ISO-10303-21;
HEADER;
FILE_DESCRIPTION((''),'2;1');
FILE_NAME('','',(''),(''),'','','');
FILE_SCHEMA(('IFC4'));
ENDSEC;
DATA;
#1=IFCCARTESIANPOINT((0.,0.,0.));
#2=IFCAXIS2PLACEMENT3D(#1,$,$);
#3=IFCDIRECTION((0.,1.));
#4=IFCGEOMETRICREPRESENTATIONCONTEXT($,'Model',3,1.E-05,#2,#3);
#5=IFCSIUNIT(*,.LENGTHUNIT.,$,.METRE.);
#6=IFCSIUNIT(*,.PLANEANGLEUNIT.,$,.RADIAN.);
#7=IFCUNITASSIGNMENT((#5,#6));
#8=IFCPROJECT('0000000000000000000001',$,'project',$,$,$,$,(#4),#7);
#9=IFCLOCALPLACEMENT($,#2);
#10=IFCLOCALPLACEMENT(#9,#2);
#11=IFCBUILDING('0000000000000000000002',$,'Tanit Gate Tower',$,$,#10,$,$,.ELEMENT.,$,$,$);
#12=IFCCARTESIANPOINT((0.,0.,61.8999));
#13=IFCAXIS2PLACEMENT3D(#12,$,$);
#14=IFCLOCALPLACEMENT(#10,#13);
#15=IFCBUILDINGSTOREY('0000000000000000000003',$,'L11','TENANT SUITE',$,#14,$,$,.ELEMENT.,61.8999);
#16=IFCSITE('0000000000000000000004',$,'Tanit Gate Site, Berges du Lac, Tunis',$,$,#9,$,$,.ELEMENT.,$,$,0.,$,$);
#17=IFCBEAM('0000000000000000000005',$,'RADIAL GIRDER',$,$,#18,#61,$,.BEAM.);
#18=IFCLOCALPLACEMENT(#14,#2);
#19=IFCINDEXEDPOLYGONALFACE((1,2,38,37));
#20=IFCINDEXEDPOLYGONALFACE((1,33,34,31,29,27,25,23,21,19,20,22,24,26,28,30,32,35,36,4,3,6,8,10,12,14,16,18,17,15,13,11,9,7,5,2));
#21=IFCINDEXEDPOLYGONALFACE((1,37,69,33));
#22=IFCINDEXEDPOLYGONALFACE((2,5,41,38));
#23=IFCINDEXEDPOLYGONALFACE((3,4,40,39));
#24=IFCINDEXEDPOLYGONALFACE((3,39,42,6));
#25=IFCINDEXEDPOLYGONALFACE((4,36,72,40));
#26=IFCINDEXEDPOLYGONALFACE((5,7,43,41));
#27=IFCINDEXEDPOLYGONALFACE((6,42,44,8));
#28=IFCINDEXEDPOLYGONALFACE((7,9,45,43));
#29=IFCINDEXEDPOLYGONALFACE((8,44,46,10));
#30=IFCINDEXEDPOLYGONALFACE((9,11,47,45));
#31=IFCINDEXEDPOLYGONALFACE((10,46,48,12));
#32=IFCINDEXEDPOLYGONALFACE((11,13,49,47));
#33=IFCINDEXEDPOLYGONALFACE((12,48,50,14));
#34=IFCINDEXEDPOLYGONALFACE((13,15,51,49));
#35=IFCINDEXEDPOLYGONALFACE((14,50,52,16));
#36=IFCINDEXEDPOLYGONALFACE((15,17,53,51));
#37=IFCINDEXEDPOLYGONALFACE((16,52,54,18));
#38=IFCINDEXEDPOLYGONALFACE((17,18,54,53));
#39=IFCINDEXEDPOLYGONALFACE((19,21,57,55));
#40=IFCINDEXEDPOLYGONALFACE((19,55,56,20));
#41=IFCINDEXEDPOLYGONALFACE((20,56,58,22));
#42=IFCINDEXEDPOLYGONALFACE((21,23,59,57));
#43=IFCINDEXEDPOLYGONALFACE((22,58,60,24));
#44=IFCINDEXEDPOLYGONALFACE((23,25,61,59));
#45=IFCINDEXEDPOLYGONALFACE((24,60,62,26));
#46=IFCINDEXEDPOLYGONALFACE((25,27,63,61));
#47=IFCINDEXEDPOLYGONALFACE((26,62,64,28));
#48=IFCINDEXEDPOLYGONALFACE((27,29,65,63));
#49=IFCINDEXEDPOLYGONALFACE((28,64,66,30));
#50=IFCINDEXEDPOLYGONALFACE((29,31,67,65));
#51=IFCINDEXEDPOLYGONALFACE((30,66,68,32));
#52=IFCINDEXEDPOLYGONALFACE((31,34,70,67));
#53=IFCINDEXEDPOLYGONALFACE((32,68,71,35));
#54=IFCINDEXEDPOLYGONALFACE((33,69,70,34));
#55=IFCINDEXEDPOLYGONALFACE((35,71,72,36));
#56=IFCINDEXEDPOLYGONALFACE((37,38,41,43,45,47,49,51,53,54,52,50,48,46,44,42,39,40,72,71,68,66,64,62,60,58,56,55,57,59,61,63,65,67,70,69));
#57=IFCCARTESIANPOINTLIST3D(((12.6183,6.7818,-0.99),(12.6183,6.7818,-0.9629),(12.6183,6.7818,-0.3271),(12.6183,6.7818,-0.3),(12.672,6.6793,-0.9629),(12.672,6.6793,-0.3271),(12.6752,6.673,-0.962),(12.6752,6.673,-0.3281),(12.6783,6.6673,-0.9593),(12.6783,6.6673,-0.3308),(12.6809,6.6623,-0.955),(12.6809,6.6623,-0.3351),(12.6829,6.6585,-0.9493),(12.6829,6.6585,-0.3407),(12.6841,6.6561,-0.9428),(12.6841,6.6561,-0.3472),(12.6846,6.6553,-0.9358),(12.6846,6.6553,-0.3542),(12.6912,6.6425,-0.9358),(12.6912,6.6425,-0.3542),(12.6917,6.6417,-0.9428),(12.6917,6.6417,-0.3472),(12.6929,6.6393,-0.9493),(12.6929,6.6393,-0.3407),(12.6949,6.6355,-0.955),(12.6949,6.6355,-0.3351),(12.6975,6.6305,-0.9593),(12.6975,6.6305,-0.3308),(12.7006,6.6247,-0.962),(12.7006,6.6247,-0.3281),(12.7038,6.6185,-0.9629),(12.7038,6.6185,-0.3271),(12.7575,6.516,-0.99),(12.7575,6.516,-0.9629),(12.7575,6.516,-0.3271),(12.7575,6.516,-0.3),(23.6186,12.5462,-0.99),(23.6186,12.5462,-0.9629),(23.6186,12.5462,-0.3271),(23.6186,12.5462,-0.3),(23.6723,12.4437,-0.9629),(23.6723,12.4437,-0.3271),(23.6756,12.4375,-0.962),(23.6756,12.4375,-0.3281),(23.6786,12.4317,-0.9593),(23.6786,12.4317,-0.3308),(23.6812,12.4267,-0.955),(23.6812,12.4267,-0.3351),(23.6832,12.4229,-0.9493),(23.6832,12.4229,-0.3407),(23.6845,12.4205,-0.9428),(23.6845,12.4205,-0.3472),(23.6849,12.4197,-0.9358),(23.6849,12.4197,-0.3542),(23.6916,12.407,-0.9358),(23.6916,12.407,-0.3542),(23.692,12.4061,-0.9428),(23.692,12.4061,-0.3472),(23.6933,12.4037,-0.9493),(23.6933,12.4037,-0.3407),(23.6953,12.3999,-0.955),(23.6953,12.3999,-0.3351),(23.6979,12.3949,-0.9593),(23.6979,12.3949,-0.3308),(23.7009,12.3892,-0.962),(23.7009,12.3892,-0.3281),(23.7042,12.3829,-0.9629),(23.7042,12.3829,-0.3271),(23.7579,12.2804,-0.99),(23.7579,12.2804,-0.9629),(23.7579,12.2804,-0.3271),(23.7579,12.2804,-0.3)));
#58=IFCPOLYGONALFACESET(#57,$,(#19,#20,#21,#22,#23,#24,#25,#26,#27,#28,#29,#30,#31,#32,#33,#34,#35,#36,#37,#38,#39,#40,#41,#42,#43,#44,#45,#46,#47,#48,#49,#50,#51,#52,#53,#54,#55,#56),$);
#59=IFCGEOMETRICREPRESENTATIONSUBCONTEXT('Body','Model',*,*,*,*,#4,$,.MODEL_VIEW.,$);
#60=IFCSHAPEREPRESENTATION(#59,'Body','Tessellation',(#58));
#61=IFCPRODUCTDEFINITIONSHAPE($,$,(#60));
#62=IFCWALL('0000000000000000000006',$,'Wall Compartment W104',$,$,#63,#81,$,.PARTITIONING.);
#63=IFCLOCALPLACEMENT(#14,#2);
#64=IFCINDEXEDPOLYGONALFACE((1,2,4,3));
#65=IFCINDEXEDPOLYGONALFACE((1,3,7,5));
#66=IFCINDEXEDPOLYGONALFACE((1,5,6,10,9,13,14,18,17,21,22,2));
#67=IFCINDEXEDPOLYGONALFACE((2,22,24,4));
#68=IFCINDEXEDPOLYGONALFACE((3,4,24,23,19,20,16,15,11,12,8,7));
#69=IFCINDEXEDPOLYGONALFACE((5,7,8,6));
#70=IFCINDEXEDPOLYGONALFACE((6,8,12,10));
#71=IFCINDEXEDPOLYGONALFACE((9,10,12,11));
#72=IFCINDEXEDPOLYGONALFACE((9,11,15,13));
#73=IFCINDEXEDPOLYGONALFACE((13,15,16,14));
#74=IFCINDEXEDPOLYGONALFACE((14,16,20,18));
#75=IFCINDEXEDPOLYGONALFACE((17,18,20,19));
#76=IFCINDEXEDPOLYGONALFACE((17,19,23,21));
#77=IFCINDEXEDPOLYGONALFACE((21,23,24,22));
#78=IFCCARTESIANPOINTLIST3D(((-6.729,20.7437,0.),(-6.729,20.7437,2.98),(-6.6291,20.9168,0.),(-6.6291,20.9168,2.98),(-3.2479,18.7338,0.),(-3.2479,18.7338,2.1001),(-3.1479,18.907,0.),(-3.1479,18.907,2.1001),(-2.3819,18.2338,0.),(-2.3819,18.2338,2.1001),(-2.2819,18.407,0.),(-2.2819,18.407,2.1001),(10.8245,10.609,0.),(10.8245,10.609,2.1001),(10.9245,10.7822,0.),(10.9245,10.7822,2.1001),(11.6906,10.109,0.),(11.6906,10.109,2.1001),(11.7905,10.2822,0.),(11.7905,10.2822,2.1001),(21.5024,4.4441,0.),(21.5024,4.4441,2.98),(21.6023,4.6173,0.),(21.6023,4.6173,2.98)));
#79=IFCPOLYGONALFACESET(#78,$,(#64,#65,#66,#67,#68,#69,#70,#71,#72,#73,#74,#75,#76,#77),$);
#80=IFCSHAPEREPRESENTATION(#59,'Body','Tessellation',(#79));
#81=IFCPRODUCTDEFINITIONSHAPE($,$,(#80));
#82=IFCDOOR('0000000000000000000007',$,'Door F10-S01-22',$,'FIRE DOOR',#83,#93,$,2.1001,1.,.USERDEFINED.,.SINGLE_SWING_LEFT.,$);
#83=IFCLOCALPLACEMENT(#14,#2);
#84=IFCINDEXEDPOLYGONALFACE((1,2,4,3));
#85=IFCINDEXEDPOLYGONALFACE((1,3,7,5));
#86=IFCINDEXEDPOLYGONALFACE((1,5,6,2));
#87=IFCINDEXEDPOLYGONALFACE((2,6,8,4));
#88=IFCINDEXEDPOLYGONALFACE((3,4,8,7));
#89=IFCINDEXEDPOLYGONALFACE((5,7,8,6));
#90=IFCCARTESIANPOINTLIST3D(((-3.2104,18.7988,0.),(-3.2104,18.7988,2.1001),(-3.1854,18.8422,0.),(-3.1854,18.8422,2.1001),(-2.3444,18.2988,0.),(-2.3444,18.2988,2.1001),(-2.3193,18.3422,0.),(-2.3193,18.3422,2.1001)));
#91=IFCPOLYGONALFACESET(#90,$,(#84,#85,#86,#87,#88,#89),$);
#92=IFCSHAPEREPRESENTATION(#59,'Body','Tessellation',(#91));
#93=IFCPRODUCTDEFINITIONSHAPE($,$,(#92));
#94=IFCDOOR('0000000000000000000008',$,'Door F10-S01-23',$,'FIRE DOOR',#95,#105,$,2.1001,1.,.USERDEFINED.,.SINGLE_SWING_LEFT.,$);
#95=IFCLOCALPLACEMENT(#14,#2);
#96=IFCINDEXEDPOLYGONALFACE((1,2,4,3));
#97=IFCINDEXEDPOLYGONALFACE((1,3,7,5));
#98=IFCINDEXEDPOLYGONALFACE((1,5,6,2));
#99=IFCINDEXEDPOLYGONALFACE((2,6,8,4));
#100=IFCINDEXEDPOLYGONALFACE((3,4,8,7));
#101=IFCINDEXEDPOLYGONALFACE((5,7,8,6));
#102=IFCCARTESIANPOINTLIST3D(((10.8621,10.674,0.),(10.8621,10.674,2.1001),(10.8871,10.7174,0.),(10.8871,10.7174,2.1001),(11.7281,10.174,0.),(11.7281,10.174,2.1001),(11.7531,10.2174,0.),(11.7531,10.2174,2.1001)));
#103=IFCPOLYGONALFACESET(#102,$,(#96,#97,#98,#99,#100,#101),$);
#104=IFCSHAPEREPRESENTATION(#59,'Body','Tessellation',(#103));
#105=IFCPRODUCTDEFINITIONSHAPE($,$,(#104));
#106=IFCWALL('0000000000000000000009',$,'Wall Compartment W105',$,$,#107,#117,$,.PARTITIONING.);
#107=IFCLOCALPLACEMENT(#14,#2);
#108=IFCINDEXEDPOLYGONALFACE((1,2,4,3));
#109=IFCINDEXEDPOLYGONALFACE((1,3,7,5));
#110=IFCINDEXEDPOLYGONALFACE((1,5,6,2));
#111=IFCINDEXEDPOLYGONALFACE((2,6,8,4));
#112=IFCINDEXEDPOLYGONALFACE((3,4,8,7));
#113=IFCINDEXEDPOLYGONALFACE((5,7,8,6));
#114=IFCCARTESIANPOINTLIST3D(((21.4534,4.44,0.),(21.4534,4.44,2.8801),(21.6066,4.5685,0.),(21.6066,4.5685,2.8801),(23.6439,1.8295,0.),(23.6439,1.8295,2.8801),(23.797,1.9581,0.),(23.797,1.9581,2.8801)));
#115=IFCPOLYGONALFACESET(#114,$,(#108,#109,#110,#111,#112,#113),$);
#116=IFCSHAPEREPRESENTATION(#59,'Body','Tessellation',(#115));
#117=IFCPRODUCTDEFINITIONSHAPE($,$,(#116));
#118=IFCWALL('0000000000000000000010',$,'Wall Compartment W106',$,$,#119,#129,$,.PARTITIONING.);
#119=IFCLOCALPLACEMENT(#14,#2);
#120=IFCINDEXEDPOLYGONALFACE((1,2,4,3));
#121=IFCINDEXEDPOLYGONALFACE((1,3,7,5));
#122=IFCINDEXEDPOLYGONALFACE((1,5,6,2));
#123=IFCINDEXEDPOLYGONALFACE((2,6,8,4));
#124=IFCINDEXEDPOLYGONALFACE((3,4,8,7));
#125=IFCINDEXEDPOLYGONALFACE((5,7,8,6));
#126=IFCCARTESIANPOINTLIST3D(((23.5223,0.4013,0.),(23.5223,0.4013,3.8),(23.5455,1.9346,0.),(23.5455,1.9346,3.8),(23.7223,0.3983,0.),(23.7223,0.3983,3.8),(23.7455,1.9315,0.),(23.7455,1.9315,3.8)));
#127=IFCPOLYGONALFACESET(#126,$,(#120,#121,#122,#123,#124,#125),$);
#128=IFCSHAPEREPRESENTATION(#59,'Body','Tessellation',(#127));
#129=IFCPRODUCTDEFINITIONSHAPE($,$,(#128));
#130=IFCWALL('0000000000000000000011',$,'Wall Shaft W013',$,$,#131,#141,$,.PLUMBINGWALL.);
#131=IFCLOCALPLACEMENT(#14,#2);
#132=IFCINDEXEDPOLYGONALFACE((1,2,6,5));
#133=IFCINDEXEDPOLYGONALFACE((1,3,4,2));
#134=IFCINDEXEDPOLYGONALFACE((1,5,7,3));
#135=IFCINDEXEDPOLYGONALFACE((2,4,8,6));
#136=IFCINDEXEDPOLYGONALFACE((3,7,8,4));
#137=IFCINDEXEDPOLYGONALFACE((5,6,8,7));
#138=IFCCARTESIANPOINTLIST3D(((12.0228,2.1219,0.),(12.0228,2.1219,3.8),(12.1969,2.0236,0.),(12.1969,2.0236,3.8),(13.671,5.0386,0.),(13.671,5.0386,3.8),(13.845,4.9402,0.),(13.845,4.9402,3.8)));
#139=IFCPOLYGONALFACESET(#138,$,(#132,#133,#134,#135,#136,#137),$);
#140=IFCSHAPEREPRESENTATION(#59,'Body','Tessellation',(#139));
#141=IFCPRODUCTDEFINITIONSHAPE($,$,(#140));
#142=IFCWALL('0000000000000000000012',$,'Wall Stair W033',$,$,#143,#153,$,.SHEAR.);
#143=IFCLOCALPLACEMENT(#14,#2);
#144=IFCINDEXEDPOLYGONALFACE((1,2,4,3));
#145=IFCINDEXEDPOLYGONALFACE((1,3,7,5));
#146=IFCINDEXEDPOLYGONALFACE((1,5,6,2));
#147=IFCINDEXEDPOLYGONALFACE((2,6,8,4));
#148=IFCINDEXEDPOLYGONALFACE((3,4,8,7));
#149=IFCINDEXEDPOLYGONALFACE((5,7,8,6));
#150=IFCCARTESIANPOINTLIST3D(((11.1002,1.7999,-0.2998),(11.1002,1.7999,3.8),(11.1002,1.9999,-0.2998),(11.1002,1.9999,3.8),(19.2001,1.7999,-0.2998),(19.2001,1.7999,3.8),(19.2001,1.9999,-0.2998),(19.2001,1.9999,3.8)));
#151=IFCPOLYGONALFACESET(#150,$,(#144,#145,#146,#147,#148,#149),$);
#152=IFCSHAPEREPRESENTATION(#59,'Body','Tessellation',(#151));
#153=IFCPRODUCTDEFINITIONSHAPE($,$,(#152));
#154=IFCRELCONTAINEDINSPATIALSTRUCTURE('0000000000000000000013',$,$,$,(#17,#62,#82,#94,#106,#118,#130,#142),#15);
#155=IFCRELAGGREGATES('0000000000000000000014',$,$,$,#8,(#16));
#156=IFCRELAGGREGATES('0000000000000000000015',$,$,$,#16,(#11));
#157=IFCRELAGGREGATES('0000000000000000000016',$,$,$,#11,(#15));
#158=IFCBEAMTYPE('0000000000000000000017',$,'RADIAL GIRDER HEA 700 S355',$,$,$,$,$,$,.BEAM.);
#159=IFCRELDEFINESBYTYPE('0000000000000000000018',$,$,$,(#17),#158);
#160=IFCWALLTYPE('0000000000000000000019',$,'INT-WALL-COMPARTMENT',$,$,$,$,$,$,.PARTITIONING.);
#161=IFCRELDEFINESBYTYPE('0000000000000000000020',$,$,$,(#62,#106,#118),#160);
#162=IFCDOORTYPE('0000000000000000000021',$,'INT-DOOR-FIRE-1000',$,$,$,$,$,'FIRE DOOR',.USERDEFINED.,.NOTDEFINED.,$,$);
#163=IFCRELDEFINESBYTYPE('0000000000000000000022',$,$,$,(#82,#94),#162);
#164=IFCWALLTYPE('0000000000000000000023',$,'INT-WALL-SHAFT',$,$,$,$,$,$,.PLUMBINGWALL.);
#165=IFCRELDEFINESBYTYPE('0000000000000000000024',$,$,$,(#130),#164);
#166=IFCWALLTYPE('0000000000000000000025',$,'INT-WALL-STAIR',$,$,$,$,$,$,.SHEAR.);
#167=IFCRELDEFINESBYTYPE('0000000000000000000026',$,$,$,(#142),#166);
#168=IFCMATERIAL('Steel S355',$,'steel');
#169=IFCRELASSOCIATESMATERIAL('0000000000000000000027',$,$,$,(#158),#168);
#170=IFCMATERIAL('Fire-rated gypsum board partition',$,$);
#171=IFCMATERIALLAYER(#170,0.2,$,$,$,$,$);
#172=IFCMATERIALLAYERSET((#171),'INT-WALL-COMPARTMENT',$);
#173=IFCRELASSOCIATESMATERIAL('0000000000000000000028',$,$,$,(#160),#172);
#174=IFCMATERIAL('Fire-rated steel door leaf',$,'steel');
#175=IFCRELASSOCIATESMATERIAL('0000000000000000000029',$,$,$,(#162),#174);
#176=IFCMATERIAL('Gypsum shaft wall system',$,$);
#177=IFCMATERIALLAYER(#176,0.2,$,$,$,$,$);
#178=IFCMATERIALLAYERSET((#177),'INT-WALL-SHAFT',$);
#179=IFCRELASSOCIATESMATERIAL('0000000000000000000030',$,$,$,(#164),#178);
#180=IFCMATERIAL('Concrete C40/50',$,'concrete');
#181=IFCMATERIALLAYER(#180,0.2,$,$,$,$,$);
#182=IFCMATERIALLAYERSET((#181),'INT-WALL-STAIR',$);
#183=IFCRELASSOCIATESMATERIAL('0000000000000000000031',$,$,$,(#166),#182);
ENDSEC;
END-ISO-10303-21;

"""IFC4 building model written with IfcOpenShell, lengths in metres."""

from ifc_helpers import new_model, si_unit, direction, frame, frame_2d, origin, origin_2d, place, context, subcontext, project, spatial, rectangle, i_section, extrude, material, layer, layer_set, material_profile, profile_set, type_object, element, fill, save


model = new_model("IFC4")

# Units and contexts
model_context = context("Model", 3, precision=1e-05, world=origin(), true_north=direction((0.0, 1.0)))
body_context = subcontext(model_context, "Body", "Model", "MODEL_VIEW")
ifc_project = project(units=[si_unit("LENGTHUNIT", "METRE"), si_unit("PLANEANGLEUNIT", "RADIAN")], contexts=[model_context])

# Site, building, storey
site_placement = place(None, origin())
site = spatial("IfcSite", under=ifc_project, at=site_placement, Name="Tanit Gate Site, Berges du Lac, Tunis", CompositionType="ELEMENT", RefElevation=0.0)
building_placement = place(site_placement, origin())
building = spatial("IfcBuilding", under=site, at=building_placement, Name="Tanit Gate Tower", CompositionType="ELEMENT")
storey_placement = place(building_placement, frame((0.0, 0.0, 61.8999)))
storey = spatial("IfcBuildingStorey", under=building, at=storey_placement, Name="L11", Description="TENANT SUITE", CompositionType="ELEMENT", Elevation=61.8999)

# Beam
ifc_material_1 = material(Name="Steel S355", Category="steel")
ifc_material_profile = material_profile(ifc_material_1, i_section(OverallWidth=0.3, OverallDepth=0.6899, WebThickness=0.0144, FlangeThickness=0.0271, FilletRadius=0.0271, at=origin_2d()), Name="HEA 700")
ifc_profile_set = profile_set([ifc_material_profile], Name="Steel S355")
beam_type = type_object("IfcBeamType", Name="RADIAL GIRDER HEA 700 S355", PredefinedType="BEAM", material=ifc_profile_set)
beam_placement = place(storey_placement, frame((23.6882, 12.4133, -0.645), z_axis=(-0.885753, -0.464157, 0.0), x_axis=(0.464157, -0.885753, 0.0)))
element("IfcBeam", 1, at=beam_placement, inside=storey, type_object=beam_type, Name="RADIAL GIRDER", PredefinedType="BEAM", context=body_context, shape_type="SweptSolid", body=[
    extrude(i_section(OverallWidth=0.3, OverallDepth=0.6899, WebThickness=0.0144, FlangeThickness=0.0271, FilletRadius=0.0271, at=origin_2d()), origin(), (0.0, 0.0, 1.0), 12.4192),
])

# Wall, openings, doors
ifc_material_2 = material(Name="Fire-rated gypsum board partition")
ifc_layer_1 = layer(ifc_material_2, 0.2)
ifc_layer_set_1 = layer_set([ifc_layer_1], Name="INT-WALL-COMPARTMENT")
wall_type_1 = type_object("IfcWallType", Name="INT-WALL-COMPARTMENT", PredefinedType="PARTITIONING", material=ifc_layer_set_1)
wall_1_placement = place(storey_placement, frame((21.5522, 4.5308, 0.0), z_axis=(0.0, 0.0, 1.0), x_axis=(-0.866024, 0.500003, 0.0)))
wall_1 = element("IfcWall", 2, at=wall_1_placement, inside=storey, type_object=wall_type_1, Name="Wall Compartment W104", PredefinedType="PARTITIONING", context=body_context, shape_type="SweptSolid", body=[
    extrude(rectangle(XDim=32.5989, YDim=0.2, at=frame_2d((16.2993, 0.0))), origin(), (0.0, 0.0, 1.0), 2.98),
])
opening_1_placement = place(wall_1_placement, frame((27.5791, 0.0, 0.0)))
opening_1 = element("IfcOpeningElement", 3, at=opening_1_placement, cuts=wall_1, PredefinedType="OPENING", context=body_context, shape_type="SweptSolid", body=[
    extrude(rectangle(XDim=1.0, YDim=2.1001, at=frame_2d((0.5, 1.05))), frame((0.0, 0.1099, 0.0), z_axis=(0.0, -1.0, 0.0), x_axis=(1.0, 0.0, 0.0)), (0.0, 0.0, 1.0), 0.22),
])
opening_2_placement = place(wall_1_placement, frame((11.3296, 0.0, 0.0)))
opening_2 = element("IfcOpeningElement", 4, at=opening_2_placement, cuts=wall_1, PredefinedType="OPENING", context=body_context, shape_type="SweptSolid", body=[
    extrude(rectangle(XDim=1.0, YDim=2.1001, at=frame_2d((0.5, 1.05))), frame((0.0, 0.1099, 0.0), z_axis=(0.0, -1.0, 0.0), x_axis=(1.0, 0.0, 0.0)), (0.0, 0.0, 1.0), 0.22),
])
ifc_material_3 = material(Name="Fire-rated steel door leaf", Category="steel")
door_type_1 = type_object("IfcDoorType", Name="INT-DOOR-FIRE-1000", ElementType="FIRE DOOR", OperationType="NOTDEFINED", PredefinedType="USERDEFINED", material=ifc_material_3)
door_1_placement = place(opening_1_placement, origin())
door_1 = element("IfcDoor", 5, at=door_1_placement, inside=storey, type_object=door_type_1, Name="Door F10-S01-22", ObjectType="FIRE DOOR", OperationType="SINGLE_SWING_LEFT", OverallHeight=2.1001, OverallWidth=1.0, PredefinedType="USERDEFINED", context=body_context, shape_type="SweptSolid", body=[
    extrude(rectangle(XDim=1.0, YDim=2.1001, at=frame_2d((0.5, 1.05))), frame((0.0, 0.0249, 0.0), z_axis=(0.0, -1.0, 0.0), x_axis=(1.0, 0.0, 0.0)), (0.0, 0.0, 1.0), 0.05),
])
fill(opening_1, door_1)
door_2_placement = place(opening_2_placement, origin())
door_2 = element("IfcDoor", 6, at=door_2_placement, inside=storey, type_object=door_type_1, Name="Door F10-S01-23", ObjectType="FIRE DOOR", OperationType="SINGLE_SWING_LEFT", OverallHeight=2.1001, OverallWidth=1.0, PredefinedType="USERDEFINED", context=body_context, shape_type="SweptSolid", body=[
    extrude(rectangle(XDim=1.0, YDim=2.1001, at=frame_2d((0.5, 1.05))), frame((0.0, 0.0249, 0.0), z_axis=(0.0, -1.0, 0.0), x_axis=(1.0, 0.0, 0.0)), (0.0, 0.0, 1.0), 0.05),
])
fill(opening_2, door_2)

# Walls
wall_2_placement = place(storey_placement, frame((23.7205, 1.8938, 0.0), z_axis=(0.0, 0.0, 1.0), x_axis=(-0.642802, 0.766032, 0.0)))
element("IfcWall", 7, at=wall_2_placement, inside=storey, type_object=wall_type_1, Name="Wall Compartment W105", PredefinedType="PARTITIONING", context=body_context, shape_type="SweptSolid", body=[
    extrude(rectangle(XDim=3.4077, YDim=0.2, at=frame_2d((1.7039, 0.0))), origin(), (0.0, 0.0, 1.0), 2.8801),
])
wall_3_placement = place(storey_placement, frame((23.6223, 0.3999, 0.0), z_axis=(0.0, 0.0, 1.0), x_axis=(0.015126, 0.999886, 0.0)))
element("IfcWall", 8, at=wall_3_placement, inside=storey, type_object=wall_type_1, Name="Wall Compartment W106", PredefinedType="PARTITIONING", context=body_context, shape_type="SweptSolid", body=[
    extrude(rectangle(XDim=1.5334, YDim=0.2, at=frame_2d((0.7666, 0.0))), origin(), (0.0, 0.0, 1.0), 3.8),
])
ifc_material_4 = material(Name="Gypsum shaft wall system")
ifc_layer_2 = layer(ifc_material_4, 0.2)
ifc_layer_set_2 = layer_set([ifc_layer_2], Name="INT-WALL-SHAFT")
wall_type_2 = type_object("IfcWallType", Name="INT-WALL-SHAFT", PredefinedType="PLUMBINGWALL", material=ifc_layer_set_2)
wall_4_placement = place(storey_placement, frame((12.1099, 2.0728, 0.0), z_axis=(0.0, 0.0, 1.0), x_axis=(0.491966, 0.870614, 0.0)))
element("IfcWall", 9, at=wall_4_placement, inside=storey, type_object=wall_type_2, Name="Wall Shaft W013", PredefinedType="PLUMBINGWALL", context=body_context, shape_type="SweptSolid", body=[
    extrude(rectangle(XDim=3.3501, YDim=0.2, at=frame_2d((1.675, 0.0))), origin(), (0.0, 0.0, 1.0), 3.8),
])
ifc_material_5 = material(Name="Concrete C40/50", Category="concrete")
ifc_layer_3 = layer(ifc_material_5, 0.2)
ifc_layer_set_3 = layer_set([ifc_layer_3], Name="INT-WALL-STAIR")
wall_type_3 = type_object("IfcWallType", Name="INT-WALL-STAIR", PredefinedType="SHEAR", material=ifc_layer_set_3)
wall_5_placement = place(storey_placement, frame((19.2, 1.8999, -0.2998), z_axis=(0.0, 0.0, 1.0), x_axis=(-1.0, 0.0, 0.0)))
element("IfcWall", 10, at=wall_5_placement, inside=storey, type_object=wall_type_3, Name="Wall Stair W033", PredefinedType="SHEAR", context=body_context, shape_type="SweptSolid", body=[
    extrude(rectangle(XDim=8.0999, YDim=0.2, at=frame_2d((4.0498, 0.0))), origin(), (0.0, 0.0, 1.0), 4.0999),
])

save(model, "model.ifc")
